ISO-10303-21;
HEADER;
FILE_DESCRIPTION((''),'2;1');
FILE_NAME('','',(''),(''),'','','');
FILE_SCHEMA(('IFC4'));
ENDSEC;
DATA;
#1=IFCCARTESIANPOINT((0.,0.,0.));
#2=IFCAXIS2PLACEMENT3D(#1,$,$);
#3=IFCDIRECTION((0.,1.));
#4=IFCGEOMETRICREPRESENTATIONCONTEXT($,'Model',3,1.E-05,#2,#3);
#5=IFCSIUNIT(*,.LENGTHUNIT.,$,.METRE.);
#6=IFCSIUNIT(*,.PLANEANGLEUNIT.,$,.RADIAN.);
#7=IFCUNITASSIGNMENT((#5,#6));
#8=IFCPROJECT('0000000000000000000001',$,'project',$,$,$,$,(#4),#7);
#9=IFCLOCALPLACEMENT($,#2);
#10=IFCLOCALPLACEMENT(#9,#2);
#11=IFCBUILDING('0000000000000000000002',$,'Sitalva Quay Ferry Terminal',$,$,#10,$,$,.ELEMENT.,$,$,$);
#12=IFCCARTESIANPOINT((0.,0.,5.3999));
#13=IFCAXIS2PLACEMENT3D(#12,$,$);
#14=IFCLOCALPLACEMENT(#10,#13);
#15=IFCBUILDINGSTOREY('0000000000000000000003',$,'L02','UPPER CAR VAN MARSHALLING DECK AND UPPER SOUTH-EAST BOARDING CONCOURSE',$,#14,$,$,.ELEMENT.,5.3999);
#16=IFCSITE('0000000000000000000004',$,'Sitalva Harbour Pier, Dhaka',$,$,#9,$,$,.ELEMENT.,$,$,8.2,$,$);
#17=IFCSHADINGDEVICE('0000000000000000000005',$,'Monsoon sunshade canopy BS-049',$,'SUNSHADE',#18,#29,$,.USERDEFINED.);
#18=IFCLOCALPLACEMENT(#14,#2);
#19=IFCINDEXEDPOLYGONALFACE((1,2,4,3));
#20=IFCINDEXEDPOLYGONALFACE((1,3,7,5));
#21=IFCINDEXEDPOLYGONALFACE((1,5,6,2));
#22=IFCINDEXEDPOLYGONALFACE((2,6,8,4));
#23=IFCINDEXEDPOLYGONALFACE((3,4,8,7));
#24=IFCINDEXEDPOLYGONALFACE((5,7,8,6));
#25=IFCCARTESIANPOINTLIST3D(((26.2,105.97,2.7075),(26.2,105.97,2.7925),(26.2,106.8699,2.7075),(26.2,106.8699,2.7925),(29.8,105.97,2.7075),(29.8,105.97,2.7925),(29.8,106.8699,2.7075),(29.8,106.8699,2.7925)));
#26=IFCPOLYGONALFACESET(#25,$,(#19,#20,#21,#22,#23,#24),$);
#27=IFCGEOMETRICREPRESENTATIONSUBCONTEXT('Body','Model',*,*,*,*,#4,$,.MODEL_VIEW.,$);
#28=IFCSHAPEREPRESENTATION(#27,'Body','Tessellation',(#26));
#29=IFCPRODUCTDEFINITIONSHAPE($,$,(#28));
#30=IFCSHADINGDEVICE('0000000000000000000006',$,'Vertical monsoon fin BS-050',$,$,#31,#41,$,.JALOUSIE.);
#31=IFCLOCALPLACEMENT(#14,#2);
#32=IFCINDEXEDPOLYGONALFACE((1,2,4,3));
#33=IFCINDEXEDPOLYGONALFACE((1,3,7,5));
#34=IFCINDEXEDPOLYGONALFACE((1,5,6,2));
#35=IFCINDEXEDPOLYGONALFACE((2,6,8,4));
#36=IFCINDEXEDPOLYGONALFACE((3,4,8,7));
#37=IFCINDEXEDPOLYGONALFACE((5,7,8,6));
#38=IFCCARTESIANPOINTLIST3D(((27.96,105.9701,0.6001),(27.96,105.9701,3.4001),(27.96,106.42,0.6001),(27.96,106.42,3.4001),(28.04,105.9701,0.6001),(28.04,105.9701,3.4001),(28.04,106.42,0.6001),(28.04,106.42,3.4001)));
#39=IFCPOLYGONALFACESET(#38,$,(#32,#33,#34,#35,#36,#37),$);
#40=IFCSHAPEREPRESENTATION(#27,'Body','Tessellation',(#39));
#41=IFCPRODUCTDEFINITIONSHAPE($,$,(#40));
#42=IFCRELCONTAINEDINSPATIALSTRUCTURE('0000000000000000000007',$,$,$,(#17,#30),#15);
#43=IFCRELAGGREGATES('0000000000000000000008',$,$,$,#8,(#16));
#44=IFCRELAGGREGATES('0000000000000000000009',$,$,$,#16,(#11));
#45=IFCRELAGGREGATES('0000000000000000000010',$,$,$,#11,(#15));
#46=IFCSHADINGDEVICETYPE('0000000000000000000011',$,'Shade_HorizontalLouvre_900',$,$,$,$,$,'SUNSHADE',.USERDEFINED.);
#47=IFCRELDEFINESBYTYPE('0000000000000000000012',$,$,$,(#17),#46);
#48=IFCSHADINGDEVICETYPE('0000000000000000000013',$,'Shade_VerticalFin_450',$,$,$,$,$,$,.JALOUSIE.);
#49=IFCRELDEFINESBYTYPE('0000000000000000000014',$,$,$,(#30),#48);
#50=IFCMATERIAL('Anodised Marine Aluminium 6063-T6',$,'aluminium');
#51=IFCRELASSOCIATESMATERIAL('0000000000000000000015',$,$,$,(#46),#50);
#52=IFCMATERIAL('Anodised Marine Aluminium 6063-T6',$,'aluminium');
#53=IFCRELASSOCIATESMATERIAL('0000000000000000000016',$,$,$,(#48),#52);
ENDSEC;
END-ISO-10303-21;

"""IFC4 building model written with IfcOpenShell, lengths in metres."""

from ifc_helpers import new_model, si_unit, direction, frame, origin, origin_2d, place, context, subcontext, project, spatial, rectangle, extrude, material, type_object, element, save


model = new_model("IFC4")

# Units and contexts
model_context = context("Model", 3, precision=1e-05, world=origin(), true_north=direction((0.0, 1.0)))
body_context = subcontext(model_context, "Body", "Model", "MODEL_VIEW")
ifc_project = project(units=[si_unit("LENGTHUNIT", "METRE"), si_unit("PLANEANGLEUNIT", "RADIAN")], contexts=[model_context])

# Site, building, storey
site_placement = place(None, origin())
site = spatial("IfcSite", under=ifc_project, at=site_placement, Name="Sitalva Harbour Pier, Dhaka", CompositionType="ELEMENT", RefElevation=8.2)
building_placement = place(site_placement, origin())
building = spatial("IfcBuilding", under=site, at=building_placement, Name="Sitalva Quay Ferry Terminal", CompositionType="ELEMENT")
storey_placement = place(building_placement, frame((0.0, 0.0, 5.3999)))
storey = spatial("IfcBuildingStorey", under=building, at=storey_placement, Name="L02", Description="UPPER CAR VAN MARSHALLING DECK AND UPPER SOUTH-EAST BOARDING CONCOURSE", CompositionType="ELEMENT", Elevation=5.3999)

# Shading devices
ifc_material_1 = material(Name="Anodised Marine Aluminium 6063-T6", Category="aluminium")
shading_device_type_1 = type_object("IfcShadingDeviceType", Name="Shade_HorizontalLouvre_900", ElementType="SUNSHADE", PredefinedType="USERDEFINED", material=ifc_material_1)
shading_device_1_placement = place(storey_placement, frame((28.0, 106.4199, 2.7075), z_axis=(0.0, 0.0, 1.0), x_axis=(1.0, 0.0, 0.0)))
element("IfcShadingDevice", 1, at=shading_device_1_placement, inside=storey, type_object=shading_device_type_1, Name="Monsoon sunshade canopy BS-049", ObjectType="SUNSHADE", PredefinedType="USERDEFINED", context=body_context, shape_type="SweptSolid", body=[
    extrude(rectangle(XDim=3.6001, YDim=0.8999, at=origin_2d()), origin(), (0.0, 0.0, 1.0), 0.085),
])
ifc_material_2 = material(Name="Anodised Marine Aluminium 6063-T6", Category="aluminium")
shading_device_type_2 = type_object("IfcShadingDeviceType", Name="Shade_VerticalFin_450", PredefinedType="JALOUSIE", material=ifc_material_2)
shading_device_2_placement = place(storey_placement, frame((28.0, 106.1951, 0.6001), z_axis=(0.0, 0.0, 1.0), x_axis=(1.0, 0.0, 0.0)))
element("IfcShadingDevice", 2, at=shading_device_2_placement, inside=storey, type_object=shading_device_type_2, Name="Vertical monsoon fin BS-050", PredefinedType="JALOUSIE", context=body_context, shape_type="SweptSolid", body=[
    extrude(rectangle(XDim=0.0801, YDim=0.45, at=origin_2d()), origin(), (0.0, 0.0, 1.0), 2.8),
])

save(model, "model.ifc")
